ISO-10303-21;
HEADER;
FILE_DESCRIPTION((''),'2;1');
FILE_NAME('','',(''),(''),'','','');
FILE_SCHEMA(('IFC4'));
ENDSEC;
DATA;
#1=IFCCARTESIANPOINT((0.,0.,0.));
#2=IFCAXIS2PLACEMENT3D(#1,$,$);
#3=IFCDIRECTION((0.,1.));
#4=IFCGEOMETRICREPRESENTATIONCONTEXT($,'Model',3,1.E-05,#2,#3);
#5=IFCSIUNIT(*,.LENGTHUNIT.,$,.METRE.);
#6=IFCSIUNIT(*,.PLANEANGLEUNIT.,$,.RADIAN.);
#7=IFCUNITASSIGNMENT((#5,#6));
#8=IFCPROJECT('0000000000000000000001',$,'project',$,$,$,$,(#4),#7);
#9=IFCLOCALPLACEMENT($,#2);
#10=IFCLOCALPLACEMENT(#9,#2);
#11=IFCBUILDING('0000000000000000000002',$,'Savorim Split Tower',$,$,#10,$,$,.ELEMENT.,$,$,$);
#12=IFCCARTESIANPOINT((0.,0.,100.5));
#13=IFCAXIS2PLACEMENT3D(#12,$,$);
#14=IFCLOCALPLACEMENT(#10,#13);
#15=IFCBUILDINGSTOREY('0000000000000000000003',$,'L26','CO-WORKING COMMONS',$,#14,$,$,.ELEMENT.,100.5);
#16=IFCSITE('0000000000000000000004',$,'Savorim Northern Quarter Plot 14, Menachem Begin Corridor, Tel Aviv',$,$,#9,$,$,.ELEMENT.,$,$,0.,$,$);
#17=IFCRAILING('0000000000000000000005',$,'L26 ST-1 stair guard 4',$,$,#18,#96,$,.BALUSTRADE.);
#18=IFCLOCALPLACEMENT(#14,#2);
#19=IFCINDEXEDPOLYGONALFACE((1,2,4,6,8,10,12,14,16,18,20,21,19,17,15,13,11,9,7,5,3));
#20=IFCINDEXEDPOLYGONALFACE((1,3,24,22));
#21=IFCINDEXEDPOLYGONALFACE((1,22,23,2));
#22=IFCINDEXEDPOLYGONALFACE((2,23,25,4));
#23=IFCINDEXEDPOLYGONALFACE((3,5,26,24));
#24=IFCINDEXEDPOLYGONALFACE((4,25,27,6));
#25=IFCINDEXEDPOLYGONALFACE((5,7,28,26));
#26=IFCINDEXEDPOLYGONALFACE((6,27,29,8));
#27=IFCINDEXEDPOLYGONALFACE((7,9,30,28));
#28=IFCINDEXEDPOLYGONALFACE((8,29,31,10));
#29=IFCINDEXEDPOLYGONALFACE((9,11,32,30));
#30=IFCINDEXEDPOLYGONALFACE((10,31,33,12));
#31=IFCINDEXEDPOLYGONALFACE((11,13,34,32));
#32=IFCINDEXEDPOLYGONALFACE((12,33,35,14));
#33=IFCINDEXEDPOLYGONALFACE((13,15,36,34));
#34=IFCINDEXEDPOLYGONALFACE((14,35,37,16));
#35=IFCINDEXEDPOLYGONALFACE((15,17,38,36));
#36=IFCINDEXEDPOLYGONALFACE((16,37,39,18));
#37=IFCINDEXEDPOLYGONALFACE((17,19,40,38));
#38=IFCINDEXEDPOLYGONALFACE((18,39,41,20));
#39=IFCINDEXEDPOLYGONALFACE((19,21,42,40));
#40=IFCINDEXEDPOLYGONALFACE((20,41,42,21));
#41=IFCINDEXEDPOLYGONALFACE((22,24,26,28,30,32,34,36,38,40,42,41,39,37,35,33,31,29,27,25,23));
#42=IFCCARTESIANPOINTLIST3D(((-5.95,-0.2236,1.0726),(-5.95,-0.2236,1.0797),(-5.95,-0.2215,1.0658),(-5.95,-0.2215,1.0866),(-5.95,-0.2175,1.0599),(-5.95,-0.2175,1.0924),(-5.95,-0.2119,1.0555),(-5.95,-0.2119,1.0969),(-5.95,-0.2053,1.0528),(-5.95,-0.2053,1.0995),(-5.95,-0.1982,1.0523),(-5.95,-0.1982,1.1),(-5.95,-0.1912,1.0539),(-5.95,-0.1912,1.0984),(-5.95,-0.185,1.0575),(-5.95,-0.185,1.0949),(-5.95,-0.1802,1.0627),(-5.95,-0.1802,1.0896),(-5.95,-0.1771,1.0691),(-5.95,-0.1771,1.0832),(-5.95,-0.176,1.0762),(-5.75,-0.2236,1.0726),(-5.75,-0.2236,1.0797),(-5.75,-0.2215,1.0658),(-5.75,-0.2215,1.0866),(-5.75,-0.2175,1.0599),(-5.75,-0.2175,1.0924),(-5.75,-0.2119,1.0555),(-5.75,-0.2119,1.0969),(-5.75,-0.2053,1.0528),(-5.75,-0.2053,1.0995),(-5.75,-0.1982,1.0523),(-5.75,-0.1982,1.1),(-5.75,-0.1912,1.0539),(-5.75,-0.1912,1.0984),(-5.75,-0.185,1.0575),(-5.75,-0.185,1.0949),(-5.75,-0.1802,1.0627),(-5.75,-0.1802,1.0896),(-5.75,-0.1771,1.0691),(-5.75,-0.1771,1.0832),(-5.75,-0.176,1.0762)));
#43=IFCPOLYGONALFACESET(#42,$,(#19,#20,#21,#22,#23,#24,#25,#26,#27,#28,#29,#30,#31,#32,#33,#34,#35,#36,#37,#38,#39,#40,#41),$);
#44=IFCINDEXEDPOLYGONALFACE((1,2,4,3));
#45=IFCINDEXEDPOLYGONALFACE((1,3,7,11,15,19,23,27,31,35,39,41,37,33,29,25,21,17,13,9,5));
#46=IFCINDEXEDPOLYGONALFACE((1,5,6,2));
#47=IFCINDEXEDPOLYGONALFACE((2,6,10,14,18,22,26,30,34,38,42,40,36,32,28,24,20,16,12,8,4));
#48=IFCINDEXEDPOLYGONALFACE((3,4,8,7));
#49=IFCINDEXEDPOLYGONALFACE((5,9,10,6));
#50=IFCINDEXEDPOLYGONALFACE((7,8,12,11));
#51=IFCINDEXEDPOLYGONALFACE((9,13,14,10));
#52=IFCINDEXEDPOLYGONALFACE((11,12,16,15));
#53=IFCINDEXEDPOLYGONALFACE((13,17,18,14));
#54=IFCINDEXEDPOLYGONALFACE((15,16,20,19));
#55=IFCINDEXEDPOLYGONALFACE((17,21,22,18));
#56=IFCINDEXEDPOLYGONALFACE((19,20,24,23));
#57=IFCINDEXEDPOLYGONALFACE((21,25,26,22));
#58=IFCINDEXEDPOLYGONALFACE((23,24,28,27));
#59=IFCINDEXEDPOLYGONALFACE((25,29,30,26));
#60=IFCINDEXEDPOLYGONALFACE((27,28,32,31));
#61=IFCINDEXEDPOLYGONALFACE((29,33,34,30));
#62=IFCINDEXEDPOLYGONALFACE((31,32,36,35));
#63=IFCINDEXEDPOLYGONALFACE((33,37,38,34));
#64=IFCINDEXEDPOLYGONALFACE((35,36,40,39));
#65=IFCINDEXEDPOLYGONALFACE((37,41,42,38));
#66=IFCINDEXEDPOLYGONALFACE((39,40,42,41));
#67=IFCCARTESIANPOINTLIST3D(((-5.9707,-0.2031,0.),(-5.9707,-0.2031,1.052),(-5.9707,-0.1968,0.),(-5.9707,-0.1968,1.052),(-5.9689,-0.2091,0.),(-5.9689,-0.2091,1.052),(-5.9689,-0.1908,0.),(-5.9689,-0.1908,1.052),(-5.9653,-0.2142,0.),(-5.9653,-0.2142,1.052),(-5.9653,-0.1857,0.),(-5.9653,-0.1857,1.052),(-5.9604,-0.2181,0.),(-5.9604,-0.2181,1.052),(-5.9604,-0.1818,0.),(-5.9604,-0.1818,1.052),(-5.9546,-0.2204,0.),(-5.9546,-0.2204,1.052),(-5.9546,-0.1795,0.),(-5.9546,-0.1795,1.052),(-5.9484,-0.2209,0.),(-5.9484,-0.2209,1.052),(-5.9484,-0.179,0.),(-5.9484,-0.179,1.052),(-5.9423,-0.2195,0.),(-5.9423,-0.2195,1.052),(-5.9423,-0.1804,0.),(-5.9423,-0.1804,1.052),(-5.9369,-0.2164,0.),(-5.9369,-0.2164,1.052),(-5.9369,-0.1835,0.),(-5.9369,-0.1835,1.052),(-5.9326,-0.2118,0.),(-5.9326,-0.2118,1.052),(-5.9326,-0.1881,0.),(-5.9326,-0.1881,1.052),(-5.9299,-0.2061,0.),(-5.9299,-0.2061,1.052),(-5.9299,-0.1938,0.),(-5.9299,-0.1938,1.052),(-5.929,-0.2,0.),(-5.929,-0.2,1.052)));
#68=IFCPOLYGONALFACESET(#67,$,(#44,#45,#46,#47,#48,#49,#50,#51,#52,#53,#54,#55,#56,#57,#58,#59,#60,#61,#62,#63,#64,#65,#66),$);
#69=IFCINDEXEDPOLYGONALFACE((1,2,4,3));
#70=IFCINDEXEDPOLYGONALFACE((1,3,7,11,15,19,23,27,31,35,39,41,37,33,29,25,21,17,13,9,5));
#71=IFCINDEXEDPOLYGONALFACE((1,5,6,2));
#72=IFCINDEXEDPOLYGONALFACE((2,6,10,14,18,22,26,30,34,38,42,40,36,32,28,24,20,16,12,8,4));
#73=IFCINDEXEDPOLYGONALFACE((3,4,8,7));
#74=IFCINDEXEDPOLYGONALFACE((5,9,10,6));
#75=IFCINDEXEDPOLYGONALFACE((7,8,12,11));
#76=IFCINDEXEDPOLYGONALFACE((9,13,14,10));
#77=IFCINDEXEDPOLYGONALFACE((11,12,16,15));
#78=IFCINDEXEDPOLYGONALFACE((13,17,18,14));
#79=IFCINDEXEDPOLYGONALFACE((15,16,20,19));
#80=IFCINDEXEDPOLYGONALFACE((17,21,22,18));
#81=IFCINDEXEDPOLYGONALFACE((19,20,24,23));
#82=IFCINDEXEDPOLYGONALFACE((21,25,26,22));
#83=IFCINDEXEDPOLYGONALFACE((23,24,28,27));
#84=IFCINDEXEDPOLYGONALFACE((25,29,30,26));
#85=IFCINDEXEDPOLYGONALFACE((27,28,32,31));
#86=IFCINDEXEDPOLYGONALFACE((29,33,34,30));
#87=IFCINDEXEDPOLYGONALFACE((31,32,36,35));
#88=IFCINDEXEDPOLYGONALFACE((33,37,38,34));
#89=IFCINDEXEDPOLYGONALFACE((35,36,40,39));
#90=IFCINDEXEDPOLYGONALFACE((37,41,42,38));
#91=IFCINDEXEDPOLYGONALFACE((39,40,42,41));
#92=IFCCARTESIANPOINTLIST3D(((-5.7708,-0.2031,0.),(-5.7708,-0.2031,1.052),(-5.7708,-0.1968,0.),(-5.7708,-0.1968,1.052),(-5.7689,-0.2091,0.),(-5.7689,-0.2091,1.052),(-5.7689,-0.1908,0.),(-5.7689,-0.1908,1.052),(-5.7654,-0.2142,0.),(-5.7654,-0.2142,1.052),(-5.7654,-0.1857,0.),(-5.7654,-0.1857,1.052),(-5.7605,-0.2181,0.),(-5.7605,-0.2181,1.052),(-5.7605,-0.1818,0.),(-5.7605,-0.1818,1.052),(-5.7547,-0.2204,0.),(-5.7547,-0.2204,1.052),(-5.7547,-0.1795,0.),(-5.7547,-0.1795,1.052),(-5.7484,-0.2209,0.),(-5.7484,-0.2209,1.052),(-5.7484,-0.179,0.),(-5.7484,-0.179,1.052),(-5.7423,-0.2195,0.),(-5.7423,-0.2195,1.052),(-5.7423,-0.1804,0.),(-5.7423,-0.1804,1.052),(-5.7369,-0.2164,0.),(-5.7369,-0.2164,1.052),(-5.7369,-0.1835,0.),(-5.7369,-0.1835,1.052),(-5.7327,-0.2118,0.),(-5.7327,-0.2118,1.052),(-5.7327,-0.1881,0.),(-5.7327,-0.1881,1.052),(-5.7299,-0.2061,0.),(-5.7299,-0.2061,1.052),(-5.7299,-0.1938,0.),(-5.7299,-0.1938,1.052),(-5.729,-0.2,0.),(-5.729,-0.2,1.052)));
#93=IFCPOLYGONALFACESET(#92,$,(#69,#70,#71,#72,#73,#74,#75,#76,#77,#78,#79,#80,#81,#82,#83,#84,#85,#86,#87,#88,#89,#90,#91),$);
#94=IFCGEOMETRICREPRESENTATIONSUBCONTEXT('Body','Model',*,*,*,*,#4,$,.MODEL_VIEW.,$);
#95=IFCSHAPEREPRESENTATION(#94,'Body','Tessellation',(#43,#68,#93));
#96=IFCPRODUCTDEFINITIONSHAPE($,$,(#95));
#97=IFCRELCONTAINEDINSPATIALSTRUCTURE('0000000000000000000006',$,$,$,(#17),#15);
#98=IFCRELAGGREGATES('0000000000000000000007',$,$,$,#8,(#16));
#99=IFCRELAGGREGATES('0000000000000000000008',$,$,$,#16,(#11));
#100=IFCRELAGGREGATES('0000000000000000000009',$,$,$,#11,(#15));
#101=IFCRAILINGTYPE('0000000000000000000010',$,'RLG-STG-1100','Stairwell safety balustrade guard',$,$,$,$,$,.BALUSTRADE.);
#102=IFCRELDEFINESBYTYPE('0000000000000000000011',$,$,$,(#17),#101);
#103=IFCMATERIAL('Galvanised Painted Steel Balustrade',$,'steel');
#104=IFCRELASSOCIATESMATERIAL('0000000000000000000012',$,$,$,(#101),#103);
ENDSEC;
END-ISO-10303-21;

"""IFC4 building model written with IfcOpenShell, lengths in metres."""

from ifc_helpers import new_model, si_unit, direction, frame, origin, origin_2d, place, context, subcontext, project, spatial, circle, extrude, material, type_object, element, save


model = new_model("IFC4")

# Units and contexts
model_context = context("Model", 3, precision=1e-05, world=origin(), true_north=direction((0.0, 1.0)))
body_context = subcontext(model_context, "Body", "Model", "MODEL_VIEW")
ifc_project = project(units=[si_unit("LENGTHUNIT", "METRE"), si_unit("PLANEANGLEUNIT", "RADIAN")], contexts=[model_context])

# Site, building, storey
site_placement = place(None, origin())
site = spatial("IfcSite", under=ifc_project, at=site_placement, Name="Savorim Northern Quarter Plot 14, Menachem Begin Corridor, Tel Aviv", CompositionType="ELEMENT", RefElevation=0.0)
building_placement = place(site_placement, origin())
building = spatial("IfcBuilding", under=site, at=building_placement, Name="Savorim Split Tower", CompositionType="ELEMENT")
storey_placement = place(building_placement, frame((0.0, 0.0, 100.5)))
storey = spatial("IfcBuildingStorey", under=building, at=storey_placement, Name="L26", Description="CO-WORKING COMMONS", CompositionType="ELEMENT", Elevation=100.5)

# Railing
ifc_material_1 = material(Name="Galvanised Painted Steel Balustrade", Category="steel")
railing_type_1 = type_object("IfcRailingType", Name="RLG-STG-1100", Description="Stairwell safety balustrade guard", PredefinedType="BALUSTRADE", material=ifc_material_1)
railing_1_placement = place(storey_placement, frame((-5.95, -0.2, 0.0)))
element("IfcRailing", 1, at=railing_1_placement, inside=storey, type_object=railing_type_1, Name="L26 ST-1 stair guard 4", PredefinedType="BALUSTRADE", context=body_context, shape_type="SweptSolid", body=[
    extrude(circle(Radius=0.0239, at=origin_2d()), frame((0.0, 0.0, 1.0762), z_axis=(1.0, 0.0, 0.0), x_axis=(0.0, 1.0, 0.0)), (0.0, 0.0, 1.0), 0.2),
    extrude(circle(Radius=0.021, at=origin_2d()), origin(), (0.0, 0.0, 1.0), 1.052),
    extrude(circle(Radius=0.021, at=origin_2d()), frame((0.2, 0.0, 0.0)), (0.0, 0.0, 1.0), 1.052),
])

save(model, "model.ifc")
